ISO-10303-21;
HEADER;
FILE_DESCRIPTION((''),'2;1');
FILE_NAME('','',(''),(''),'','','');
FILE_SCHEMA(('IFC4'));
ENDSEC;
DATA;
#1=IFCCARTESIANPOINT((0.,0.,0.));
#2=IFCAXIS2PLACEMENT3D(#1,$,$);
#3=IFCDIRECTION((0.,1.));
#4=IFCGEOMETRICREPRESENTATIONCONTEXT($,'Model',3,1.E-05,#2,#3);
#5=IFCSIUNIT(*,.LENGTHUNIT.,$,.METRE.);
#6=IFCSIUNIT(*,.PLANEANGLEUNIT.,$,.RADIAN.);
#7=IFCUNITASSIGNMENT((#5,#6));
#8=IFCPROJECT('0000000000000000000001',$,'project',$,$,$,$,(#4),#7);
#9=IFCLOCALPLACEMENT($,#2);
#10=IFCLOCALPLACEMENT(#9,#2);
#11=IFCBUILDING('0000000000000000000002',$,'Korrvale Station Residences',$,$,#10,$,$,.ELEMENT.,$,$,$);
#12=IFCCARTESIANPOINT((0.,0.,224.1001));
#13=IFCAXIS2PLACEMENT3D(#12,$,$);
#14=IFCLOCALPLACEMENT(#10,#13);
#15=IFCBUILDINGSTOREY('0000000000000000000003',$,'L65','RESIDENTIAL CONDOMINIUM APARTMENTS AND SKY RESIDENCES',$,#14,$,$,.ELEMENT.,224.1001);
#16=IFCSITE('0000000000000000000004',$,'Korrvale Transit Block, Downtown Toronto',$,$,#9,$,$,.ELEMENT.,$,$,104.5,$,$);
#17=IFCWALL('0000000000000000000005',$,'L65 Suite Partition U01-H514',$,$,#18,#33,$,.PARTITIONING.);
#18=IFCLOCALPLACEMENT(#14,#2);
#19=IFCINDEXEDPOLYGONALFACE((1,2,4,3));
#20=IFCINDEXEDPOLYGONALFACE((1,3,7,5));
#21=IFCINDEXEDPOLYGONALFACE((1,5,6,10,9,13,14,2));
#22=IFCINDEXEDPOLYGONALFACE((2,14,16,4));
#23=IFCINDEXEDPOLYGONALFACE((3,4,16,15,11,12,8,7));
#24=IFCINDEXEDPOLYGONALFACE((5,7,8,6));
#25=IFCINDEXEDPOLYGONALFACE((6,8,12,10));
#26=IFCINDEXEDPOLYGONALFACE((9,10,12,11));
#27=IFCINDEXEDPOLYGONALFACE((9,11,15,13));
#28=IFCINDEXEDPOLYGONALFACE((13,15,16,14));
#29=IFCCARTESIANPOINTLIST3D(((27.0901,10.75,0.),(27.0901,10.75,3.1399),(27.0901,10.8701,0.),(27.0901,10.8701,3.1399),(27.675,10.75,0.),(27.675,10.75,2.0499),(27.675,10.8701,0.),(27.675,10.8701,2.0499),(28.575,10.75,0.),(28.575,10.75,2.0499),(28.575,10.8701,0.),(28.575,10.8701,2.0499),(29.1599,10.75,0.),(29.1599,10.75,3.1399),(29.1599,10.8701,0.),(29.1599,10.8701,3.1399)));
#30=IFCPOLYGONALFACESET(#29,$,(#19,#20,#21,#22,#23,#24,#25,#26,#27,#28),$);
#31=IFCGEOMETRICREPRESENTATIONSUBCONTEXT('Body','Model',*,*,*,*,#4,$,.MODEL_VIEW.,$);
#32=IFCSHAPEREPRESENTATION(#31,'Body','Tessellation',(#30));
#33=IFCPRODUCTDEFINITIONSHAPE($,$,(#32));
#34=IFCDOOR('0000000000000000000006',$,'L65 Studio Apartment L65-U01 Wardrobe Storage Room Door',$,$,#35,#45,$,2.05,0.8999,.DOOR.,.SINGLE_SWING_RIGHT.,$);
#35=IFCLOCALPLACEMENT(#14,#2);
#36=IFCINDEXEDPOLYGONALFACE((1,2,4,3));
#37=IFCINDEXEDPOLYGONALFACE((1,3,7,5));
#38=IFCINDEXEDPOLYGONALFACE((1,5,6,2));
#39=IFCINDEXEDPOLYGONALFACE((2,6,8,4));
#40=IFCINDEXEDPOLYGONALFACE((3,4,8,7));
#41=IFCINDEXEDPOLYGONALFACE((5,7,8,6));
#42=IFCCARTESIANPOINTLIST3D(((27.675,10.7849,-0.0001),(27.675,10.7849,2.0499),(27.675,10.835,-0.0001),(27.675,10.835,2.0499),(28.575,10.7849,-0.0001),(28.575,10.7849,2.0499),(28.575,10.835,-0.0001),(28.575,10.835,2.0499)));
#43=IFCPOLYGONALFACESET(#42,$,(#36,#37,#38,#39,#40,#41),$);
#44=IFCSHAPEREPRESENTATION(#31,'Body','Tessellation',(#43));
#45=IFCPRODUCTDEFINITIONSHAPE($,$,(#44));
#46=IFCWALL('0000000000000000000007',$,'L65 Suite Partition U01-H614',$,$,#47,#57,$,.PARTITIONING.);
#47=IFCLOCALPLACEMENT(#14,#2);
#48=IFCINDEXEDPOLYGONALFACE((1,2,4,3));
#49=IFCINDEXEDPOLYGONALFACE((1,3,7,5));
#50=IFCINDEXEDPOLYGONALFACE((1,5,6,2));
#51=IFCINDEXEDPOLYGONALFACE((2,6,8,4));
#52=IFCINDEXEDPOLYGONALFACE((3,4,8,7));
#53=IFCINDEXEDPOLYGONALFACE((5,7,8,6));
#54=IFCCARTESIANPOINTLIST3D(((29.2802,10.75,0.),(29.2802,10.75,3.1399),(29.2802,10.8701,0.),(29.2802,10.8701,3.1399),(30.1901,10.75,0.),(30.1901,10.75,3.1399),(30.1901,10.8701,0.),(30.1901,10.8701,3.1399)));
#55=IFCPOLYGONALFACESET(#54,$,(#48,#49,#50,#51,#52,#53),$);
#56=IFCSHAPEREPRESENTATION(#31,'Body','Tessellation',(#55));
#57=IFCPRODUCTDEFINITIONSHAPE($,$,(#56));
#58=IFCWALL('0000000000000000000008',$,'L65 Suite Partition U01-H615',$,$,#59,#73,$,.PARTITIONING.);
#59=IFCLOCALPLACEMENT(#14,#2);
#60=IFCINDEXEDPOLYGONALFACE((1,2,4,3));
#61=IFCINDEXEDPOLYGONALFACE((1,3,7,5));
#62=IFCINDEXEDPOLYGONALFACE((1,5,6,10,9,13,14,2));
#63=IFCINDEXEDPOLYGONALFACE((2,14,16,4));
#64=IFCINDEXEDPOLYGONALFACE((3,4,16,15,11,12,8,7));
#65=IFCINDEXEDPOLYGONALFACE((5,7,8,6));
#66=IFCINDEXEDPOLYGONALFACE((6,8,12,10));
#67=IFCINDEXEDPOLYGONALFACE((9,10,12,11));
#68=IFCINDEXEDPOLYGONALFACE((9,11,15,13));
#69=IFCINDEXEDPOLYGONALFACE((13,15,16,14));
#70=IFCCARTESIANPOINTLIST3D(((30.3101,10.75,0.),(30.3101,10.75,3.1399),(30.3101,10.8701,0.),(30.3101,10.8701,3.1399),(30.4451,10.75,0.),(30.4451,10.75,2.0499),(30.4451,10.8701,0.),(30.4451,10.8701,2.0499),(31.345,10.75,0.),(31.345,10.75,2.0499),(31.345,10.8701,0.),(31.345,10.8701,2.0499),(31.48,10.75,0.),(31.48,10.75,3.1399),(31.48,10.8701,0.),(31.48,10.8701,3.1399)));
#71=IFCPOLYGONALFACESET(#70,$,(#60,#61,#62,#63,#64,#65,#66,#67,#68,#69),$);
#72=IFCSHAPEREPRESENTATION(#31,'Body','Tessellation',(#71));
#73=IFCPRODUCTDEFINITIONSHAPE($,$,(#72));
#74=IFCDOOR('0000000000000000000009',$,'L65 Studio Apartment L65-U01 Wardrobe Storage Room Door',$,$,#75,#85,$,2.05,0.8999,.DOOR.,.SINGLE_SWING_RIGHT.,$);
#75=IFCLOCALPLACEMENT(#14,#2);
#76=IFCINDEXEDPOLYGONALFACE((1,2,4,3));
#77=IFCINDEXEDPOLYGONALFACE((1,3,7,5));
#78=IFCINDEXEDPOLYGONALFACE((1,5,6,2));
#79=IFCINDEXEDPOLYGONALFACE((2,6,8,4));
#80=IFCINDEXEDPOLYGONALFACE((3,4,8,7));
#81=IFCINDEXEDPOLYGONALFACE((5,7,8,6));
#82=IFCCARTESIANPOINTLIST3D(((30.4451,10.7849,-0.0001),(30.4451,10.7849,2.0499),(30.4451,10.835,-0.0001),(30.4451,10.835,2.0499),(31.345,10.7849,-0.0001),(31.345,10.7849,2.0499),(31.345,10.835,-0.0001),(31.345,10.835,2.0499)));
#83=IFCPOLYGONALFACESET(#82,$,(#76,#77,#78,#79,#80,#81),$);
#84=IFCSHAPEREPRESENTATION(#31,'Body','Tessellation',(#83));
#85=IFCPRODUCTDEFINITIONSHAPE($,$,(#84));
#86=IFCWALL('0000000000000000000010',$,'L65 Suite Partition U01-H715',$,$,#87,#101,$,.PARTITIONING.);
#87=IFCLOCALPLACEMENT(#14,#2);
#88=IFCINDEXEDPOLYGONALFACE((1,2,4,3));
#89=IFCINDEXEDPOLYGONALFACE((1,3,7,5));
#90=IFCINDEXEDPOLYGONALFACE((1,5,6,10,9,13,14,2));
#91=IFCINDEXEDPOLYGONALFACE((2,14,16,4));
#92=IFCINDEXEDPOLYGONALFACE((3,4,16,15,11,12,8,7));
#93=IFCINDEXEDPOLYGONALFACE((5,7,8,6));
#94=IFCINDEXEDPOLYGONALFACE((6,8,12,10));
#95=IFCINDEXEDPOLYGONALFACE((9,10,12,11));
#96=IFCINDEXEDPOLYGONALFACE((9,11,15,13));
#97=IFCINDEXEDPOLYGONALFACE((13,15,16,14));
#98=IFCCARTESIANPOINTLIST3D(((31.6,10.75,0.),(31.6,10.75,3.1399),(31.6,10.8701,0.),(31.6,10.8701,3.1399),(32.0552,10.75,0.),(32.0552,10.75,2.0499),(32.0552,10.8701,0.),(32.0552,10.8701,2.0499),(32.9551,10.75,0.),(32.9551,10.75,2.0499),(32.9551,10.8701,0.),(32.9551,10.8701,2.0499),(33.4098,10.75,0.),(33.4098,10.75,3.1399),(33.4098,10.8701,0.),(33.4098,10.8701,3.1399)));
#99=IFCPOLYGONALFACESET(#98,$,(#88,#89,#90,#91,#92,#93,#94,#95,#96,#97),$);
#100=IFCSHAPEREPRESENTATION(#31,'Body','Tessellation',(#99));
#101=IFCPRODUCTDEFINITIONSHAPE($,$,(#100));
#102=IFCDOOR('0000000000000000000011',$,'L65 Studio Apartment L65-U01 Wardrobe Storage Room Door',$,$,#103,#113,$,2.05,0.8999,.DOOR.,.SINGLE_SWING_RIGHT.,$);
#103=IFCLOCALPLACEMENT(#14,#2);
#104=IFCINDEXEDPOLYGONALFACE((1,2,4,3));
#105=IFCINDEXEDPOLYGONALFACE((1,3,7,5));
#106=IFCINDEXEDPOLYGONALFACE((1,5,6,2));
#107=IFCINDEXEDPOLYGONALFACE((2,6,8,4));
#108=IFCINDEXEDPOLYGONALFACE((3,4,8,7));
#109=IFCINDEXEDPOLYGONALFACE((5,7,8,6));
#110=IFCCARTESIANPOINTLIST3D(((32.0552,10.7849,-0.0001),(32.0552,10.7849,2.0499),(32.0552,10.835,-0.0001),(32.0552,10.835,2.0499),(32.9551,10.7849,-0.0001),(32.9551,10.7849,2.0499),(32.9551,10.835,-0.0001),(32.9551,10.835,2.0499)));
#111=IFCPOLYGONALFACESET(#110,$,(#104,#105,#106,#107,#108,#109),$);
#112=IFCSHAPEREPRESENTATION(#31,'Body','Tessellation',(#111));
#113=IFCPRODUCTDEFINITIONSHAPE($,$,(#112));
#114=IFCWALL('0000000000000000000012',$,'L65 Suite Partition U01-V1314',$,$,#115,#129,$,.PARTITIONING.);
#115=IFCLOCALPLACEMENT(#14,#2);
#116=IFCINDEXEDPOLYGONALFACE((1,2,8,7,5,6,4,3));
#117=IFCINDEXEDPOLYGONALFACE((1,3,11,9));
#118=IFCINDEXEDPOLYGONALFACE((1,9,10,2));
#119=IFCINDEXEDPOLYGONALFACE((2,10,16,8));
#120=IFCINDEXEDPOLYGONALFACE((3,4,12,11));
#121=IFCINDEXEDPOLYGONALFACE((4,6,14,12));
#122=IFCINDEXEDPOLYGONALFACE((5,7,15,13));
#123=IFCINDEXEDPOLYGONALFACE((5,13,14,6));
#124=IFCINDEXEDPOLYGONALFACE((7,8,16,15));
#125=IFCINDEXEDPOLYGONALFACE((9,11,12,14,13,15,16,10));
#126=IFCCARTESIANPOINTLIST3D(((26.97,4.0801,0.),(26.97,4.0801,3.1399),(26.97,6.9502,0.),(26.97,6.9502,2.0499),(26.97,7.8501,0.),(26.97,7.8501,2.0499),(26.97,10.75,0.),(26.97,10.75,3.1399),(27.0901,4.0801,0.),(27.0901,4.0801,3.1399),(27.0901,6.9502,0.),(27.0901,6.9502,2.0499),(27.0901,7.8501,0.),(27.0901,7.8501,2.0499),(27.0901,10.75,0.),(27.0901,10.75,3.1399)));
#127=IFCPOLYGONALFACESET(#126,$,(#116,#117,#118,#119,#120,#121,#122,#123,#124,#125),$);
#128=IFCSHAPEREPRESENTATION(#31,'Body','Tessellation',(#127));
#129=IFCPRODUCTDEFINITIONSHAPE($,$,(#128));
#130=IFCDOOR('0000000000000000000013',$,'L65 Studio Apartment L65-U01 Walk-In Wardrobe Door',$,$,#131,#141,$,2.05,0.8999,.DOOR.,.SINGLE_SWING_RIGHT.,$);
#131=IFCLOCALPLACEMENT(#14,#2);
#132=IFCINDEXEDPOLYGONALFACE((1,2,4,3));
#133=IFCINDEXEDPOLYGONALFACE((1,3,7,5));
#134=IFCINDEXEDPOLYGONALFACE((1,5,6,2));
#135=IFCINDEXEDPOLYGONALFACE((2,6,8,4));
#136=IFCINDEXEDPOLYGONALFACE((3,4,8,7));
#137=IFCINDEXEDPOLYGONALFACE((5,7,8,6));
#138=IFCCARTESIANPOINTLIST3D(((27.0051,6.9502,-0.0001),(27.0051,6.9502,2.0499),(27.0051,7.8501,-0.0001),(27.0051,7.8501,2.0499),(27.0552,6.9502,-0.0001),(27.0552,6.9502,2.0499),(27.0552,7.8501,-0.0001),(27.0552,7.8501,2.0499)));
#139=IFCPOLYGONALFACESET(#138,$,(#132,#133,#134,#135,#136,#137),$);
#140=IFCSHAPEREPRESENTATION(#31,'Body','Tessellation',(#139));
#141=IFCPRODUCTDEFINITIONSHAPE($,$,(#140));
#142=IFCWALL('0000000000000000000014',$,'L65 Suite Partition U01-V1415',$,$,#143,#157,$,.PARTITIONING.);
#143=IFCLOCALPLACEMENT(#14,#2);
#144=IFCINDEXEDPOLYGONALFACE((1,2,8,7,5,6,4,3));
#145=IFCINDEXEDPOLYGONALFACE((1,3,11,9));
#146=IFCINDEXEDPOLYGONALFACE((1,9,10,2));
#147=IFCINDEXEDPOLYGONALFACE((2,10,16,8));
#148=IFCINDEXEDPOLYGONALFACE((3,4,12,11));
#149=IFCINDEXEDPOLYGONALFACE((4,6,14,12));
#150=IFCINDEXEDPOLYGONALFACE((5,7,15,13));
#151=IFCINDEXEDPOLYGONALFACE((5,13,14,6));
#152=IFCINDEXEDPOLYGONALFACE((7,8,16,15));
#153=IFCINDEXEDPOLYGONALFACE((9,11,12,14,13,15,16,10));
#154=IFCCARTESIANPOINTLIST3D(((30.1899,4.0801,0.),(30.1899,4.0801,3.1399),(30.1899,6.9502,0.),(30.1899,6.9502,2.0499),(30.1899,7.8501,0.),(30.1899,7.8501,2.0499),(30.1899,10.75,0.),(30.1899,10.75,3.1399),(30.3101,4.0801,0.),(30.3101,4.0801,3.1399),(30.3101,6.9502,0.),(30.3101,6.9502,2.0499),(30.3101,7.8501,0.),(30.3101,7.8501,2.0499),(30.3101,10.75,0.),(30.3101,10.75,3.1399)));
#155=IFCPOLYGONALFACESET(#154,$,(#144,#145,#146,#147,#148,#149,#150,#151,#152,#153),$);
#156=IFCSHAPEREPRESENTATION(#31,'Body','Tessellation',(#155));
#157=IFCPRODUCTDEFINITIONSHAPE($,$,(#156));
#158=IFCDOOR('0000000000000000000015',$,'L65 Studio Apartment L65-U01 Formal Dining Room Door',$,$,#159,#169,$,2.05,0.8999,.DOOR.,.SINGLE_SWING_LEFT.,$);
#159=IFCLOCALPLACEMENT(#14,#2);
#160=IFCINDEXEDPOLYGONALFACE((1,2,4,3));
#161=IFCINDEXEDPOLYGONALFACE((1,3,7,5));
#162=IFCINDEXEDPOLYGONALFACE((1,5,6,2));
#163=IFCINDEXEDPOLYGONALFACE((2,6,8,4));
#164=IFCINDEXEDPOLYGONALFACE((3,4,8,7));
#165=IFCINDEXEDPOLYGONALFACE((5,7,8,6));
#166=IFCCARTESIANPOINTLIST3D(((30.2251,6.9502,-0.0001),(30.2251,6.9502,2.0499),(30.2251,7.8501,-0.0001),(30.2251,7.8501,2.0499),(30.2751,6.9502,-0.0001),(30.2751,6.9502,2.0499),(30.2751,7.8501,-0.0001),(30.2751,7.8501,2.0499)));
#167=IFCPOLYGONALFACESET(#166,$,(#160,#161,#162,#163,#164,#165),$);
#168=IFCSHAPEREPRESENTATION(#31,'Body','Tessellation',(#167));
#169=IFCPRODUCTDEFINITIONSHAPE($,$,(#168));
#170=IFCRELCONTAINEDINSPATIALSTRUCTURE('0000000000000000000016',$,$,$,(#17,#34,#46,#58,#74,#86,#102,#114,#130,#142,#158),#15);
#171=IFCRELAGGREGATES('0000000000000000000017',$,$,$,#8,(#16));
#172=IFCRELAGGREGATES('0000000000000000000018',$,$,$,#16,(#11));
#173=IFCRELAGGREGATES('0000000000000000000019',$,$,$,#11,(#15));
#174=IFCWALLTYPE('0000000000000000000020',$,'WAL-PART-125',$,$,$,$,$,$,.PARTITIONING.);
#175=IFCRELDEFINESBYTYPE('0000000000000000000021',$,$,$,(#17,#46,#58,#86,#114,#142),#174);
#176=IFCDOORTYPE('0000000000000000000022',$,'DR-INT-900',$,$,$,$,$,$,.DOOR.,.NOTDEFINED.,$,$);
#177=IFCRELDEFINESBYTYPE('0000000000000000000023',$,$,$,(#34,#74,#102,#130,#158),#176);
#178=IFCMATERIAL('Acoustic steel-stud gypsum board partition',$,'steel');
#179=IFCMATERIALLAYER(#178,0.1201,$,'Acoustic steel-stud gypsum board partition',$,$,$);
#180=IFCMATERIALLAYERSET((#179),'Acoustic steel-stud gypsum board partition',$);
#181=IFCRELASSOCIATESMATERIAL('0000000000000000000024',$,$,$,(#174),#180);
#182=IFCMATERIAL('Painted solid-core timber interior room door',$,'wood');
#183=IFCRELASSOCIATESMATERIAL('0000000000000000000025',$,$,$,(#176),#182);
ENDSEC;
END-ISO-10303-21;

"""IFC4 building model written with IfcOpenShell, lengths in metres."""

from ifc_helpers import new_model, si_unit, direction, frame, frame_2d, origin, place, context, subcontext, project, spatial, rectangle, extrude, material, layer, layer_set, type_object, element, fill, save


model = new_model("IFC4")

# Units and contexts
model_context = context("Model", 3, precision=1e-05, world=origin(), true_north=direction((0.0, 1.0)))
body_context = subcontext(model_context, "Body", "Model", "MODEL_VIEW")
ifc_project = project(units=[si_unit("LENGTHUNIT", "METRE"), si_unit("PLANEANGLEUNIT", "RADIAN")], contexts=[model_context])

# Site, building, storey
site_placement = place(None, origin())
site = spatial("IfcSite", under=ifc_project, at=site_placement, Name="Korrvale Transit Block, Downtown Toronto", CompositionType="ELEMENT", RefElevation=104.5)
building_placement = place(site_placement, origin())
building = spatial("IfcBuilding", under=site, at=building_placement, Name="Korrvale Station Residences", CompositionType="ELEMENT")
storey_placement = place(building_placement, frame((0.0, 0.0, 224.1001)))
storey = spatial("IfcBuildingStorey", under=building, at=storey_placement, Name="L65", Description="RESIDENTIAL CONDOMINIUM APARTMENTS AND SKY RESIDENCES", CompositionType="ELEMENT", Elevation=224.1001)

# Shared definitions
ifc_material_1 = material(Name="Acoustic steel-stud gypsum board partition", Category="steel")
ifc_layer_1 = layer(ifc_material_1, 0.1201, Name="Acoustic steel-stud gypsum board partition")
ifc_layer_set_1 = layer_set([ifc_layer_1], Name="Acoustic steel-stud gypsum board partition")
wall_type_1 = type_object("IfcWallType", Name="WAL-PART-125", PredefinedType="PARTITIONING", material=ifc_layer_set_1)
ifc_material_2 = material(Name="Painted solid-core timber interior room door", Category="wood")
door_type = type_object("IfcDoorType", Name="DR-INT-900", OperationType="NOTDEFINED", PredefinedType="DOOR", material=ifc_material_2)

# Wall, opening, door
wall_1_placement = place(storey_placement, frame((27.0901, 10.8101, 0.0), z_axis=(0.0, 0.0, 1.0), x_axis=(1.0, 0.0, 0.0)))
wall_1 = element("IfcWall", 1, at=wall_1_placement, inside=storey, type_object=wall_type_1, Name="L65 Suite Partition U01-H514", PredefinedType="PARTITIONING", context=body_context, shape_type="SweptSolid", body=[
    extrude(rectangle(XDim=2.0698, YDim=0.1201, at=frame_2d((1.0349, 0.0))), origin(), (0.0, 0.0, 1.0), 3.1399),
])
opening_1_placement = place(wall_1_placement, frame((0.585, 0.0, 0.0)))
opening_1 = element("IfcOpeningElement", 2, at=opening_1_placement, cuts=wall_1, PredefinedType="OPENING", context=body_context, shape_type="SweptSolid", body=[
    extrude(rectangle(XDim=0.8999, YDim=2.05, at=frame_2d((0.45, 1.0249))), frame((0.0, 0.0701, 0.0), z_axis=(0.0, -1.0, 0.0), x_axis=(1.0, 0.0, 0.0)), (0.0, 0.0, 1.0), 0.1401),
])
door_1_placement = place(opening_1_placement, origin())
door_1 = element("IfcDoor", 3, at=door_1_placement, inside=storey, type_object=door_type, Name="L65 Studio Apartment L65-U01 Wardrobe Storage Room Door", OperationType="SINGLE_SWING_RIGHT", OverallHeight=2.05, OverallWidth=0.8999, PredefinedType="DOOR", context=body_context, shape_type="SweptSolid", body=[
    extrude(rectangle(XDim=0.8999, YDim=2.05, at=frame_2d((0.45, 1.0249))), frame((0.0, 0.0249, 0.0), z_axis=(0.0, -1.0, 0.0), x_axis=(1.0, 0.0, 0.0)), (0.0, 0.0, 1.0), 0.05),
])
fill(opening_1, door_1)

# Wall
wall_2_placement = place(storey_placement, frame((29.28, 10.8101, 0.0), z_axis=(0.0, 0.0, 1.0), x_axis=(1.0, 0.0, 0.0)))
element("IfcWall", 4, at=wall_2_placement, inside=storey, type_object=wall_type_1, Name="L65 Suite Partition U01-H614", PredefinedType="PARTITIONING", context=body_context, shape_type="SweptSolid", body=[
    extrude(rectangle(XDim=0.9099, YDim=0.1201, at=frame_2d((0.4551, 0.0))), origin(), (0.0, 0.0, 1.0), 3.1399),
])

# Walls, openings, doors
wall_3_placement = place(storey_placement, frame((30.3101, 10.8101, 0.0), z_axis=(0.0, 0.0, 1.0), x_axis=(1.0, 0.0, 0.0)))
wall_3 = element("IfcWall", 5, at=wall_3_placement, inside=storey, type_object=wall_type_1, Name="L65 Suite Partition U01-H615", PredefinedType="PARTITIONING", context=body_context, shape_type="SweptSolid", body=[
    extrude(rectangle(XDim=1.1699, YDim=0.1201, at=frame_2d((0.585, 0.0))), origin(), (0.0, 0.0, 1.0), 3.1399),
])
opening_2_placement = place(wall_3_placement, frame((0.135, 0.0, 0.0)))
opening_2 = element("IfcOpeningElement", 6, at=opening_2_placement, cuts=wall_3, PredefinedType="OPENING", context=body_context, shape_type="SweptSolid", body=[
    extrude(rectangle(XDim=0.8999, YDim=2.05, at=frame_2d((0.45, 1.0249))), frame((0.0, 0.0701, 0.0), z_axis=(0.0, -1.0, 0.0), x_axis=(1.0, 0.0, 0.0)), (0.0, 0.0, 1.0), 0.1401),
])
door_2_placement = place(opening_2_placement, origin())
door_2 = element("IfcDoor", 7, at=door_2_placement, inside=storey, type_object=door_type, Name="L65 Studio Apartment L65-U01 Wardrobe Storage Room Door", OperationType="SINGLE_SWING_RIGHT", OverallHeight=2.05, OverallWidth=0.8999, PredefinedType="DOOR", context=body_context, shape_type="SweptSolid", body=[
    extrude(rectangle(XDim=0.8999, YDim=2.05, at=frame_2d((0.45, 1.0249))), frame((0.0, 0.0249, 0.0), z_axis=(0.0, -1.0, 0.0), x_axis=(1.0, 0.0, 0.0)), (0.0, 0.0, 1.0), 0.05),
])
fill(opening_2, door_2)
wall_4_placement = place(storey_placement, frame((31.6001, 10.8101, 0.0), z_axis=(0.0, 0.0, 1.0), x_axis=(1.0, 0.0, 0.0)))
wall_4 = element("IfcWall", 8, at=wall_4_placement, inside=storey, type_object=wall_type_1, Name="L65 Suite Partition U01-H715", PredefinedType="PARTITIONING", context=body_context, shape_type="SweptSolid", body=[
    extrude(rectangle(XDim=1.8098, YDim=0.1201, at=frame_2d((0.9048, 0.0))), origin(), (0.0, 0.0, 1.0), 3.1399),
])
opening_3_placement = place(wall_4_placement, frame((0.4551, 0.0, 0.0)))
opening_3 = element("IfcOpeningElement", 9, at=opening_3_placement, cuts=wall_4, PredefinedType="OPENING", context=body_context, shape_type="SweptSolid", body=[
    extrude(rectangle(XDim=0.8999, YDim=2.05, at=frame_2d((0.45, 1.0249))), frame((0.0, 0.0701, 0.0), z_axis=(0.0, -1.0, 0.0), x_axis=(1.0, 0.0, 0.0)), (0.0, 0.0, 1.0), 0.1401),
])
door_3_placement = place(opening_3_placement, origin())
door_3 = element("IfcDoor", 10, at=door_3_placement, inside=storey, type_object=door_type, Name="L65 Studio Apartment L65-U01 Wardrobe Storage Room Door", OperationType="SINGLE_SWING_RIGHT", OverallHeight=2.05, OverallWidth=0.8999, PredefinedType="DOOR", context=body_context, shape_type="SweptSolid", body=[
    extrude(rectangle(XDim=0.8999, YDim=2.05, at=frame_2d((0.45, 1.0249))), frame((0.0, 0.0249, 0.0), z_axis=(0.0, -1.0, 0.0), x_axis=(1.0, 0.0, 0.0)), (0.0, 0.0, 1.0), 0.05),
])
fill(opening_3, door_3)
wall_5_placement = place(storey_placement, frame((27.03, 4.0801, 0.0), z_axis=(0.0, 0.0, 1.0), x_axis=(0.0, 1.0, 0.0)))
wall_5 = element("IfcWall", 11, at=wall_5_placement, inside=storey, type_object=wall_type_1, Name="L65 Suite Partition U01-V1314", PredefinedType="PARTITIONING", context=body_context, shape_type="SweptSolid", body=[
    extrude(rectangle(XDim=6.6699, YDim=0.1201, at=frame_2d((3.335, 0.0))), origin(), (0.0, 0.0, 1.0), 3.1399),
])
opening_4_placement = place(wall_5_placement, frame((2.8701, 0.0, 0.0)))
opening_4 = element("IfcOpeningElement", 12, at=opening_4_placement, cuts=wall_5, PredefinedType="OPENING", context=body_context, shape_type="SweptSolid", body=[
    extrude(rectangle(XDim=0.8999, YDim=2.05, at=frame_2d((0.45, 1.0249))), frame((0.0, 0.0701, 0.0), z_axis=(0.0, -1.0, 0.0), x_axis=(1.0, 0.0, 0.0)), (0.0, 0.0, 1.0), 0.1401),
])
door_4_placement = place(opening_4_placement, origin())
door_4 = element("IfcDoor", 13, at=door_4_placement, inside=storey, type_object=door_type, Name="L65 Studio Apartment L65-U01 Walk-In Wardrobe Door", OperationType="SINGLE_SWING_RIGHT", OverallHeight=2.05, OverallWidth=0.8999, PredefinedType="DOOR", context=body_context, shape_type="SweptSolid", body=[
    extrude(rectangle(XDim=0.8999, YDim=2.05, at=frame_2d((0.45, 1.0249))), frame((0.0, 0.0249, 0.0), z_axis=(0.0, -1.0, 0.0), x_axis=(1.0, 0.0, 0.0)), (0.0, 0.0, 1.0), 0.05),
])
fill(opening_4, door_4)
wall_6_placement = place(storey_placement, frame((30.25, 4.0801, 0.0), z_axis=(0.0, 0.0, 1.0), x_axis=(0.0, 1.0, 0.0)))
wall_6 = element("IfcWall", 14, at=wall_6_placement, inside=storey, type_object=wall_type_1, Name="L65 Suite Partition U01-V1415", PredefinedType="PARTITIONING", context=body_context, shape_type="SweptSolid", body=[
    extrude(rectangle(XDim=6.6699, YDim=0.1201, at=frame_2d((3.335, 0.0))), origin(), (0.0, 0.0, 1.0), 3.1399),
])
opening_5_placement = place(wall_6_placement, frame((2.8701, 0.0, 0.0)))
opening_5 = element("IfcOpeningElement", 15, at=opening_5_placement, cuts=wall_6, PredefinedType="OPENING", context=body_context, shape_type="SweptSolid", body=[
    extrude(rectangle(XDim=0.8999, YDim=2.05, at=frame_2d((0.45, 1.0249))), frame((0.0, 0.0701, 0.0), z_axis=(0.0, -1.0, 0.0), x_axis=(1.0, 0.0, 0.0)), (0.0, 0.0, 1.0), 0.1401),
])
door_5_placement = place(opening_5_placement, origin())
door_5 = element("IfcDoor", 16, at=door_5_placement, inside=storey, type_object=door_type, Name="L65 Studio Apartment L65-U01 Formal Dining Room Door", OperationType="SINGLE_SWING_LEFT", OverallHeight=2.05, OverallWidth=0.8999, PredefinedType="DOOR", context=body_context, shape_type="SweptSolid", body=[
    extrude(rectangle(XDim=0.8999, YDim=2.05, at=frame_2d((0.45, 1.0249))), frame((0.0, 0.0249, 0.0), z_axis=(0.0, -1.0, 0.0), x_axis=(1.0, 0.0, 0.0)), (0.0, 0.0, 1.0), 0.05),
])
fill(opening_5, door_5)

save(model, "model.ifc")
